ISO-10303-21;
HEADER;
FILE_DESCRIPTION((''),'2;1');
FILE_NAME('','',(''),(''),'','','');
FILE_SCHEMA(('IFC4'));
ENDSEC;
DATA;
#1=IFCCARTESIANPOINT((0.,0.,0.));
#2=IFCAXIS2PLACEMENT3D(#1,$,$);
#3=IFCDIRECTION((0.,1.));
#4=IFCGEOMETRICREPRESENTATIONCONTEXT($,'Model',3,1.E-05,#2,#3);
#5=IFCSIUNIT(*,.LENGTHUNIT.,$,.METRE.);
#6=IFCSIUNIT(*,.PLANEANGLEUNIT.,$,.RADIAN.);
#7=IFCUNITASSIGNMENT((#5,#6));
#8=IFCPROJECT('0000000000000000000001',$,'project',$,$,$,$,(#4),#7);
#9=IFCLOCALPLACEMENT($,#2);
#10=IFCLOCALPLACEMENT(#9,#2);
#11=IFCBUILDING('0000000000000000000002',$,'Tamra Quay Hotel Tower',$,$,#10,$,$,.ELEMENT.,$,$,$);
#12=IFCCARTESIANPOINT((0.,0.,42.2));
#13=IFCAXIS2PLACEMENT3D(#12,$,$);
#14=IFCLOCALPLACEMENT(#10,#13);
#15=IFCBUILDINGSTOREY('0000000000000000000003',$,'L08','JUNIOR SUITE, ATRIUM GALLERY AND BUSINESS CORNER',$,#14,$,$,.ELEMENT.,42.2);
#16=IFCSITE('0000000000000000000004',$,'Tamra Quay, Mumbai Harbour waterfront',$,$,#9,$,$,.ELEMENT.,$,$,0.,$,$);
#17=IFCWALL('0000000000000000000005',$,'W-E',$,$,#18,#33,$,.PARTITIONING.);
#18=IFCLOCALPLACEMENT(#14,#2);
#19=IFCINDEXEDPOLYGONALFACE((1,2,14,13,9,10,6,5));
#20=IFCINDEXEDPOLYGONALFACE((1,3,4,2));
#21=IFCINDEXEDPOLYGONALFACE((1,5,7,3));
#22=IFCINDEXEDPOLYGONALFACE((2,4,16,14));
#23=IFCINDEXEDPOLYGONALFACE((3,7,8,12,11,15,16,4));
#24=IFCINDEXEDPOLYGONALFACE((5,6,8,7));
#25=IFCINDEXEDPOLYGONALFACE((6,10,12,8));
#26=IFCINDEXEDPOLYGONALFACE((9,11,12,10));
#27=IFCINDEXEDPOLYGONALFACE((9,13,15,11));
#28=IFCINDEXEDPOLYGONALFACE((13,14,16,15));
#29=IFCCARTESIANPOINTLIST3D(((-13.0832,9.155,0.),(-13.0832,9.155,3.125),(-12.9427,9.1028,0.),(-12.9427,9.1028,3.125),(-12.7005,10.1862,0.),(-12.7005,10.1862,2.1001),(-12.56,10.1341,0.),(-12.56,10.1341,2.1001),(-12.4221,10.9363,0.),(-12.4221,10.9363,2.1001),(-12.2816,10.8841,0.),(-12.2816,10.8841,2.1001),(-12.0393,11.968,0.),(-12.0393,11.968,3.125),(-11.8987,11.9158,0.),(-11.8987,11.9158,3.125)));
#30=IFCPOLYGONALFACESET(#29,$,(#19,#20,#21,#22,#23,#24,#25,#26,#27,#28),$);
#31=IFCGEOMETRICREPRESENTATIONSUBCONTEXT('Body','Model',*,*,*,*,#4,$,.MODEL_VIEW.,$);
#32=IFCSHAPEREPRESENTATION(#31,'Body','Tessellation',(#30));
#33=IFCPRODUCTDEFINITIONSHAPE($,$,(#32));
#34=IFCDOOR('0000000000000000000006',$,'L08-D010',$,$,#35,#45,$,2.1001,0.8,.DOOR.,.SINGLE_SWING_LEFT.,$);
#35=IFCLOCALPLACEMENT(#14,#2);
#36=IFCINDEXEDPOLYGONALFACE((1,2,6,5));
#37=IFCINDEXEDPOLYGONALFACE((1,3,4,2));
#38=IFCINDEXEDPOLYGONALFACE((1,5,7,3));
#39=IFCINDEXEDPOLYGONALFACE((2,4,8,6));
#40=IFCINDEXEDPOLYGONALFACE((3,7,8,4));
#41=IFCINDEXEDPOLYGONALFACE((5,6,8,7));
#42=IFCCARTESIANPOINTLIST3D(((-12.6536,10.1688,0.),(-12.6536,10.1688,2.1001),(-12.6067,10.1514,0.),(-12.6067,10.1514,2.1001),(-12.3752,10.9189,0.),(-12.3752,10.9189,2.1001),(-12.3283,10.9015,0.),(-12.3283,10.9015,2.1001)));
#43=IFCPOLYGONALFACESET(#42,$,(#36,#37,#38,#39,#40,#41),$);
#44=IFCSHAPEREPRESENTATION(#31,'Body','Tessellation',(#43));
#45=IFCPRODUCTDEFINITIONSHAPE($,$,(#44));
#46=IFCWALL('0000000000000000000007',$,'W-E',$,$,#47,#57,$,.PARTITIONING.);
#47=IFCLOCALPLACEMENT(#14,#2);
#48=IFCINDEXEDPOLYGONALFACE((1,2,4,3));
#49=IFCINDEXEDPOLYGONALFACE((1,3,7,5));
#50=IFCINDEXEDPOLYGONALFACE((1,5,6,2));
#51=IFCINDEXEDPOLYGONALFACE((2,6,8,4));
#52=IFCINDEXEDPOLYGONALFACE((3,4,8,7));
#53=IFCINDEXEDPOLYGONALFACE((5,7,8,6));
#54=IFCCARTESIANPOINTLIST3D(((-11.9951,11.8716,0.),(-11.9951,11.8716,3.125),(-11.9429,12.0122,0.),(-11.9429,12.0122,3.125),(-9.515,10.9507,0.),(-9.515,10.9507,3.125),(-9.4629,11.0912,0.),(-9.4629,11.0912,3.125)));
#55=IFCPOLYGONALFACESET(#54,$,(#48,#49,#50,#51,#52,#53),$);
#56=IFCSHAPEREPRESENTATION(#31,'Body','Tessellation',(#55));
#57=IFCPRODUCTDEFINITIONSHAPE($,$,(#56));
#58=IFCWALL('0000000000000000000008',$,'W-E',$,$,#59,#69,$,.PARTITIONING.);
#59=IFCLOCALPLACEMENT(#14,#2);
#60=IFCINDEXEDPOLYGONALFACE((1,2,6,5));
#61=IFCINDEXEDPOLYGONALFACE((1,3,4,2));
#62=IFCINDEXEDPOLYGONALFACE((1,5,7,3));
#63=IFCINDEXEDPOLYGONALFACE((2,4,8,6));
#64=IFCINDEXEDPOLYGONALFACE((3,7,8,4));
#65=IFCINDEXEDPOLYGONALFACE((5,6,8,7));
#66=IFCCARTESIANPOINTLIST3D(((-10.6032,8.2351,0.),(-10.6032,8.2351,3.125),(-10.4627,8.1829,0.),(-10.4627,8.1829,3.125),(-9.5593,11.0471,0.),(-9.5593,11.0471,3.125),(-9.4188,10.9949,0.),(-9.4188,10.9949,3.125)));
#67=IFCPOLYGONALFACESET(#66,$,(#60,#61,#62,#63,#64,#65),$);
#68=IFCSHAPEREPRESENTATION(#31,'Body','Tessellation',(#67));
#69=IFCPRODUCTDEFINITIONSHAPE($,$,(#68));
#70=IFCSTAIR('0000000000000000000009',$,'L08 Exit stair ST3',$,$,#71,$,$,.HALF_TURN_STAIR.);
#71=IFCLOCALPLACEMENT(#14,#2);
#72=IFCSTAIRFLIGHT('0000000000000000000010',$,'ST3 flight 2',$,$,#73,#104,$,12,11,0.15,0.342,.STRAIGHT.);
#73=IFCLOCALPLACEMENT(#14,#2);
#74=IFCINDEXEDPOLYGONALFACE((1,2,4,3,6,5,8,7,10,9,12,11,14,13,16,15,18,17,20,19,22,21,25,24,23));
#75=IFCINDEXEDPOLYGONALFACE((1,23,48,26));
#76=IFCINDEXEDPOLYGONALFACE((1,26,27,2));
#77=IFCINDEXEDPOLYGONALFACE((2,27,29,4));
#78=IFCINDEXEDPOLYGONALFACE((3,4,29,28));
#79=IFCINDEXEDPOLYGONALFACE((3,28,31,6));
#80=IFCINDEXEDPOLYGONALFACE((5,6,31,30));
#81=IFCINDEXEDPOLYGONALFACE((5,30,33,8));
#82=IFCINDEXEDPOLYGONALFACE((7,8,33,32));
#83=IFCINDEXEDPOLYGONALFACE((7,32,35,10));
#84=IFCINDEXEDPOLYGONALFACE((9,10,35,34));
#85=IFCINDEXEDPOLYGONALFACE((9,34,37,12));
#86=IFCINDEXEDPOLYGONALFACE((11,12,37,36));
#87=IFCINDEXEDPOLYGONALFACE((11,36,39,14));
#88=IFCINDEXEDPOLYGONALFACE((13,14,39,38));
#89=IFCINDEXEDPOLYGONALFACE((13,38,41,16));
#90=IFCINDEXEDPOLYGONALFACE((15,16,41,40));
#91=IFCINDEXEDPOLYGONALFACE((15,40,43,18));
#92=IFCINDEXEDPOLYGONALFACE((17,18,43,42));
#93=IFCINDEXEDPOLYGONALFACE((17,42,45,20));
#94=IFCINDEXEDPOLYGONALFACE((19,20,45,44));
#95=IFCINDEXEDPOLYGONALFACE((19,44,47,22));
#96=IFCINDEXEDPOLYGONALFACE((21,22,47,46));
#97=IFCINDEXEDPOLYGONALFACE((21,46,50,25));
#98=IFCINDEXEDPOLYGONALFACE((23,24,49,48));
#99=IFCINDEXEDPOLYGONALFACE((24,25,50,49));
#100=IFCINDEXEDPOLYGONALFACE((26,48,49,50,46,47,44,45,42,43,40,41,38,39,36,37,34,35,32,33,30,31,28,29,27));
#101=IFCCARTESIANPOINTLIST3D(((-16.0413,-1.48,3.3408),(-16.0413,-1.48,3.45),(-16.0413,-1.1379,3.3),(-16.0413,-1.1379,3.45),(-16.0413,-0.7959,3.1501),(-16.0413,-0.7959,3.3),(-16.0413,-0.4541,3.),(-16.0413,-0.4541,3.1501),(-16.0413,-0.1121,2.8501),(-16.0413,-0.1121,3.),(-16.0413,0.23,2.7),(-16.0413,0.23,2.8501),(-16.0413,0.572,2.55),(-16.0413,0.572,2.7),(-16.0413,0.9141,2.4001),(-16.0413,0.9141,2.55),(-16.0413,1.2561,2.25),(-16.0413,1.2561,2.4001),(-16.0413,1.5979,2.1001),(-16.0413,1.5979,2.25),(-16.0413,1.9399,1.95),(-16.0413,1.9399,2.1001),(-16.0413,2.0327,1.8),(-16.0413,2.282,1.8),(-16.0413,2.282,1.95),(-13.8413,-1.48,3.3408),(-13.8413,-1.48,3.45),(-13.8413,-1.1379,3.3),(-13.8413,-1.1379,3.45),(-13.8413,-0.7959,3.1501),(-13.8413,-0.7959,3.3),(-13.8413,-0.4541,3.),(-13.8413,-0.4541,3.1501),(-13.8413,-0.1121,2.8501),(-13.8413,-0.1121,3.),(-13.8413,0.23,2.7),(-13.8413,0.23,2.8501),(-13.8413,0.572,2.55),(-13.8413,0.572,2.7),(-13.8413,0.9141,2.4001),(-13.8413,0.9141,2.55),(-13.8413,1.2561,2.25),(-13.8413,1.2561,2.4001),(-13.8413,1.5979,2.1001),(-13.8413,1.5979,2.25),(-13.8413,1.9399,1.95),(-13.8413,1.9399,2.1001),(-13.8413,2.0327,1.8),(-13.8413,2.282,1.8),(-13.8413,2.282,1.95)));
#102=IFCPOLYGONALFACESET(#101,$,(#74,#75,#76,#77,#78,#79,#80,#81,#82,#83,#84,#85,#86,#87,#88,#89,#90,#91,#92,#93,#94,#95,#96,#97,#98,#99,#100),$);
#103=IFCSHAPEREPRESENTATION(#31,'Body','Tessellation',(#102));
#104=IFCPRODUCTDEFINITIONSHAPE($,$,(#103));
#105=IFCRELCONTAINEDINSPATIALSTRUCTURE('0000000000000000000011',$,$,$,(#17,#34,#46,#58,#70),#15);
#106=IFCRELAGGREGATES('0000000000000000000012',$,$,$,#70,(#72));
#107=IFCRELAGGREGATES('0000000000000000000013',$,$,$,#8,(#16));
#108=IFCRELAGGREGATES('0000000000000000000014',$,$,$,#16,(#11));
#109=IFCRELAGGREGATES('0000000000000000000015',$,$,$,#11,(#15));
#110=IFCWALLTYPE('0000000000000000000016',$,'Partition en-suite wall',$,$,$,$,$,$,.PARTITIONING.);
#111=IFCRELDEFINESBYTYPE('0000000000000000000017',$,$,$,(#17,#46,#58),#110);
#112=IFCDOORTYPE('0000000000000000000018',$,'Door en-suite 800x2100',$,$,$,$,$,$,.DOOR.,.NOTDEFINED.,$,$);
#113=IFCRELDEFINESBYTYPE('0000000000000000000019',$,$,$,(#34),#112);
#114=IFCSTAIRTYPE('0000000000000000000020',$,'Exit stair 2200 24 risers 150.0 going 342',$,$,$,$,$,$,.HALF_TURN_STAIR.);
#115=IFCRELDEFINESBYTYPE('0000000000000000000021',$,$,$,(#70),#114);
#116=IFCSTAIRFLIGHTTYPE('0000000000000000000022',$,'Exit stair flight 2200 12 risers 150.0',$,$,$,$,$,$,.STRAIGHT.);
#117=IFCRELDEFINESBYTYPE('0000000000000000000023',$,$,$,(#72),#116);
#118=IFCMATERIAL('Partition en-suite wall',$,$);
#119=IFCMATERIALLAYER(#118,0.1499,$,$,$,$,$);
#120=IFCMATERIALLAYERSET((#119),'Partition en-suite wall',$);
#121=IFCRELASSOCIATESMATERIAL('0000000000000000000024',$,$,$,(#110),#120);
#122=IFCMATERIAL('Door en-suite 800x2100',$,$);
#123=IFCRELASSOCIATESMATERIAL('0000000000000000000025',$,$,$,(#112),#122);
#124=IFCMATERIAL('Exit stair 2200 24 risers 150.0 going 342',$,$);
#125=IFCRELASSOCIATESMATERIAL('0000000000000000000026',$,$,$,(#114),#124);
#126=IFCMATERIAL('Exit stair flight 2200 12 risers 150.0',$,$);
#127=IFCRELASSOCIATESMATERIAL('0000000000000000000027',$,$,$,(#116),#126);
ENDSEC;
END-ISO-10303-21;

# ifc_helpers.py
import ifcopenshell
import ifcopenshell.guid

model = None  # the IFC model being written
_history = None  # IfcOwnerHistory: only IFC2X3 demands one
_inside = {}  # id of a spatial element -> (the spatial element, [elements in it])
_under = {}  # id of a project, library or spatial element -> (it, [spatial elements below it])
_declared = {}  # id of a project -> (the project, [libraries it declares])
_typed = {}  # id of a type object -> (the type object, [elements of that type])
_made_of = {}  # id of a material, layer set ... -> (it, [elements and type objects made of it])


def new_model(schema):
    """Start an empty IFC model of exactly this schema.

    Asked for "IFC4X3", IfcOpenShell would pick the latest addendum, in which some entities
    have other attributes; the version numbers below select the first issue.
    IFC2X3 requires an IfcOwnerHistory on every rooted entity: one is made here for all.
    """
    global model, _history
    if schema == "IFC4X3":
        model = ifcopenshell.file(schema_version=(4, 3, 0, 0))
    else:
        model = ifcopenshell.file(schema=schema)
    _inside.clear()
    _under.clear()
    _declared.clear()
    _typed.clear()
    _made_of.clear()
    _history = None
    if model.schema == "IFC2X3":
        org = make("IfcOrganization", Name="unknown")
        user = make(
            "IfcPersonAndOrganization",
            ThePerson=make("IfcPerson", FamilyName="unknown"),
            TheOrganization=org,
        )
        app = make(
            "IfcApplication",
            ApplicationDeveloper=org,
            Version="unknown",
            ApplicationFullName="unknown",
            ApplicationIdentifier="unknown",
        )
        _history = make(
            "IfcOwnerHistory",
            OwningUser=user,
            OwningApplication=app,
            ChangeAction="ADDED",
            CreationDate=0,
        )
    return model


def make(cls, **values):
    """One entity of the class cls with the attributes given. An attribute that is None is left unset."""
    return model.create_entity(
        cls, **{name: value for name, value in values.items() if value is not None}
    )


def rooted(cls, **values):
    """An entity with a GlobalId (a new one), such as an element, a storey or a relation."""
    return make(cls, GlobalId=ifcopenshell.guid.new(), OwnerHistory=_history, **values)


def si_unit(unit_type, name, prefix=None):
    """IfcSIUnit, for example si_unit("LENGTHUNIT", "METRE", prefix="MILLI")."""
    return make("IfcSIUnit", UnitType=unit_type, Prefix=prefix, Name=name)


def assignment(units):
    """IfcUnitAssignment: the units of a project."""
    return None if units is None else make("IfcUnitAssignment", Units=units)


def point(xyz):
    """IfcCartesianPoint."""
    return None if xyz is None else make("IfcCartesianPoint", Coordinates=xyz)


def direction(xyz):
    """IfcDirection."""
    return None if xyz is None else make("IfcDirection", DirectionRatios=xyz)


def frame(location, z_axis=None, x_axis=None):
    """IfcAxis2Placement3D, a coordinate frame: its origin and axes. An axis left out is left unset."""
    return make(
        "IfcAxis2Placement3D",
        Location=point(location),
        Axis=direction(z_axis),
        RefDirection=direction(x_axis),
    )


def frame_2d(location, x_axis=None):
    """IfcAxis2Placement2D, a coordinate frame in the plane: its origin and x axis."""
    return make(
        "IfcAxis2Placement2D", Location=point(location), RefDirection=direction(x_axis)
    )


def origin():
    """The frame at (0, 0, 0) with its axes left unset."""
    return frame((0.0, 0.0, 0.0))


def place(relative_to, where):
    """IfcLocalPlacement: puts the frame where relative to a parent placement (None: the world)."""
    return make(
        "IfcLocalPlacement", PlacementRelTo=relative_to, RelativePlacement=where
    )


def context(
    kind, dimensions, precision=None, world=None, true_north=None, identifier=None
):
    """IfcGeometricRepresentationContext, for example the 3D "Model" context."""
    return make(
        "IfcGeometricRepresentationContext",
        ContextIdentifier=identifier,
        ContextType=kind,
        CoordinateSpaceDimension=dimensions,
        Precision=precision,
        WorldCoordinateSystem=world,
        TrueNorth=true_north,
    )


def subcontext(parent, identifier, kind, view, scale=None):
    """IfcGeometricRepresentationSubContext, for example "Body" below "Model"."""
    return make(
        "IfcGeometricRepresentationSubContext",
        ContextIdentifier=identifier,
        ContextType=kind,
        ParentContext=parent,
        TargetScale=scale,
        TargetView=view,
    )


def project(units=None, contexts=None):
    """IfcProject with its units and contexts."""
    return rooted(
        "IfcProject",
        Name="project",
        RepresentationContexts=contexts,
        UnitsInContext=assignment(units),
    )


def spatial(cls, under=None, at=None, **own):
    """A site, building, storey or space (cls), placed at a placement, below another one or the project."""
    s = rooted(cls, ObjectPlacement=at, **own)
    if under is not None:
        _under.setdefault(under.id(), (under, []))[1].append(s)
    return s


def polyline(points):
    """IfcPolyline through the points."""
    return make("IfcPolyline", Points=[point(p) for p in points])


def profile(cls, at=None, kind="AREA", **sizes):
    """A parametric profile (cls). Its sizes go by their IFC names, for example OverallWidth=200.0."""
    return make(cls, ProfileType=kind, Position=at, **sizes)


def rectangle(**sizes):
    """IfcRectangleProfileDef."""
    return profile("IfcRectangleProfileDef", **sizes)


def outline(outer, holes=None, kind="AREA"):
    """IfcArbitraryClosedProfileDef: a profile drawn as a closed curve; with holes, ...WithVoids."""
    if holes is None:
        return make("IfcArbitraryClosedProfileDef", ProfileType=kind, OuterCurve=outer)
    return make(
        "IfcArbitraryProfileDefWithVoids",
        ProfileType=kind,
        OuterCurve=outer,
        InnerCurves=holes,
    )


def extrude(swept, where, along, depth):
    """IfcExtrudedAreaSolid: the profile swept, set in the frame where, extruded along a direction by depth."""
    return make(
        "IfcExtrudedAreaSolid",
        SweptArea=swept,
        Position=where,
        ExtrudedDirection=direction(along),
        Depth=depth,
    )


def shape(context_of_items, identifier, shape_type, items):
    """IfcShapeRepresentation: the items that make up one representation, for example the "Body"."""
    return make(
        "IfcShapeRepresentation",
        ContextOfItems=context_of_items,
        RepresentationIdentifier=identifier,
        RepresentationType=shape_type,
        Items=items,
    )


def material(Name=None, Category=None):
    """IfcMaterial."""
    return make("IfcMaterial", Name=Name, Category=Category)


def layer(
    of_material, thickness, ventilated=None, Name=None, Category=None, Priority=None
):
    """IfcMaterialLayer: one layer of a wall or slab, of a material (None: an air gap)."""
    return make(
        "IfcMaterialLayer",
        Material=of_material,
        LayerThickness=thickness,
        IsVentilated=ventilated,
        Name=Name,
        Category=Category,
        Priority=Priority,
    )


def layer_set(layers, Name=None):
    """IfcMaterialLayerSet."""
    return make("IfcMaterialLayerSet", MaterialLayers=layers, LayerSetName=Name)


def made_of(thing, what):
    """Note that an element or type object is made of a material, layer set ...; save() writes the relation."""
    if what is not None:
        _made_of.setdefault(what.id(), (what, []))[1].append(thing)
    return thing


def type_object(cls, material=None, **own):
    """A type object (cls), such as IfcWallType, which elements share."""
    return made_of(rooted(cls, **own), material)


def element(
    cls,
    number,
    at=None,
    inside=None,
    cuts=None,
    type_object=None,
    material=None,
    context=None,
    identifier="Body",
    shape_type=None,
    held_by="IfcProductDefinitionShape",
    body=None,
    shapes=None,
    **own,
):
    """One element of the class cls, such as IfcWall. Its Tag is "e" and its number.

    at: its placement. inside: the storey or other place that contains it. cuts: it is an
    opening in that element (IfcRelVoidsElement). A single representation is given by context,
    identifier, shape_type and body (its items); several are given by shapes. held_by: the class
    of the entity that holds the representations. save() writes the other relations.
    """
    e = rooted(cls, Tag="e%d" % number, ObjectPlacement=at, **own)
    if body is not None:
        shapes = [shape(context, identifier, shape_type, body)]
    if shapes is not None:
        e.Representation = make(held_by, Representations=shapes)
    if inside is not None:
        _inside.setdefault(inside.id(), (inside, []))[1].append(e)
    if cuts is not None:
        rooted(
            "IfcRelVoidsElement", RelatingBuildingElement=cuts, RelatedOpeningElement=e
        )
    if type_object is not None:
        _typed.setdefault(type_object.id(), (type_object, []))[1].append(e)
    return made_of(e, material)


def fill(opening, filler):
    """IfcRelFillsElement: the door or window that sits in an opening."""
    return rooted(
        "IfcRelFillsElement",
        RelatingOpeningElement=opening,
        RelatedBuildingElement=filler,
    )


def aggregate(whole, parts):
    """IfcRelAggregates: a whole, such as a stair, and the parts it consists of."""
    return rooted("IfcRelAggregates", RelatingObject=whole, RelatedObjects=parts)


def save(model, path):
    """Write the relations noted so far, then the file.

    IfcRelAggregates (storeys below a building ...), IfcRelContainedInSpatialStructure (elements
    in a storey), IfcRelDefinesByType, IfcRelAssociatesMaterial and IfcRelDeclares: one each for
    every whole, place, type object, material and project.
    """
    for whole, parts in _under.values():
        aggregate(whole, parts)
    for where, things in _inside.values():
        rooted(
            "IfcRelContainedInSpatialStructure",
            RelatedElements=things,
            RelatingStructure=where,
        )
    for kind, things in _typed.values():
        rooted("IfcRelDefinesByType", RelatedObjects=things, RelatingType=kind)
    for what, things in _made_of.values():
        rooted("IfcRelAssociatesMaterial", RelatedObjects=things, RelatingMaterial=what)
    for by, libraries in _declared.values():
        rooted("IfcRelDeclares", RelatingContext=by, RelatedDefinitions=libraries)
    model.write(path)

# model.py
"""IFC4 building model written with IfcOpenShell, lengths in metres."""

from ifc_helpers import new_model, si_unit, direction, frame, frame_2d, origin, place, context, subcontext, project, spatial, polyline, rectangle, outline, extrude, material, layer, layer_set, type_object, element, fill, aggregate, save


model = new_model("IFC4")

# Units and contexts
model_context = context("Model", 3, precision=1e-05, world=origin(), true_north=direction((0.0, 1.0)))
body_context = subcontext(model_context, "Body", "Model", "MODEL_VIEW")
ifc_project = project(units=[si_unit("LENGTHUNIT", "METRE"), si_unit("PLANEANGLEUNIT", "RADIAN")], contexts=[model_context])

# Site, building, storey
site_placement = place(None, origin())
site = spatial("IfcSite", under=ifc_project, at=site_placement, Name="Tamra Quay, Mumbai Harbour waterfront", CompositionType="ELEMENT", RefElevation=0.0)
building_placement = place(site_placement, origin())
building = spatial("IfcBuilding", under=site, at=building_placement, Name="Tamra Quay Hotel Tower", CompositionType="ELEMENT")
storey_placement = place(building_placement, frame((0.0, 0.0, 42.2)))
storey = spatial("IfcBuildingStorey", under=building, at=storey_placement, Name="L08", Description="JUNIOR SUITE, ATRIUM GALLERY AND BUSINESS CORNER", CompositionType="ELEMENT", Elevation=42.2)

# Wall, opening, door
ifc_material_1 = material(Name="Partition en-suite wall")
ifc_layer_1 = layer(ifc_material_1, 0.1499)
ifc_layer_set_1 = layer_set([ifc_layer_1], Name="Partition en-suite wall")
wall_type_1 = type_object("IfcWallType", Name="Partition en-suite wall", PredefinedType="PARTITIONING", material=ifc_layer_set_1)
wall_1_placement = place(storey_placement, frame((-13.0129, 9.1289, 0.0), z_axis=(0.0, 0.0, 1.0), x_axis=(0.347929, 0.937521, 0.0)))
wall_1 = element("IfcWall", 1, at=wall_1_placement, inside=storey, type_object=wall_type_1, Name="W-E", PredefinedType="PARTITIONING", context=body_context, shape_type="SweptSolid", body=[
    extrude(rectangle(XDim=3.0005, YDim=0.1499, at=frame_2d((1.5002, 0.0))), origin(), (0.0, 0.0, 1.0), 3.125),
])
opening_1_placement = place(wall_1_placement, frame((1.1001, 0.0, 0.0)))
opening_1 = element("IfcOpeningElement", 2, at=opening_1_placement, cuts=wall_1, PredefinedType="OPENING", context=body_context, shape_type="SweptSolid", body=[
    extrude(rectangle(XDim=0.8, YDim=2.1001, at=frame_2d((0.3999, 1.05))), frame((0.0, 0.085, 0.0), z_axis=(0.0, -1.0, 0.0), x_axis=(1.0, 0.0, 0.0)), (0.0, 0.0, 1.0), 0.1699),
])
ifc_material_2 = material(Name="Door en-suite 800x2100")
door_type_1 = type_object("IfcDoorType", Name="Door en-suite 800x2100", OperationType="NOTDEFINED", PredefinedType="DOOR", material=ifc_material_2)
door_1_placement = place(opening_1_placement, origin())
door_1 = element("IfcDoor", 3, at=door_1_placement, inside=storey, type_object=door_type_1, Name="L08-D010", OperationType="SINGLE_SWING_LEFT", OverallHeight=2.1001, OverallWidth=0.8, PredefinedType="DOOR", context=body_context, shape_type="SweptSolid", body=[
    extrude(rectangle(XDim=0.8, YDim=2.1001, at=frame_2d((0.3999, 1.05))), frame((0.0, 0.0249, 0.0), z_axis=(0.0, -1.0, 0.0), x_axis=(1.0, 0.0, 0.0)), (0.0, 0.0, 1.0), 0.05),
])
fill(opening_1, door_1)

# Walls
wall_2_placement = place(storey_placement, frame((-11.969, 11.9419, 0.0), z_axis=(0.0, 0.0, 1.0), x_axis=(0.937455, -0.348108, 0.0)))
element("IfcWall", 4, at=wall_2_placement, inside=storey, type_object=wall_type_1, Name="W-E", PredefinedType="PARTITIONING", context=body_context, shape_type="SweptSolid", body=[
    extrude(rectangle(XDim=2.6455, YDim=0.1499, at=frame_2d((1.3228, 0.0))), origin(), (0.0, 0.0, 1.0), 3.125),
])
wall_3_placement = place(storey_placement, frame((-10.533, 8.209, 0.0), z_axis=(0.0, 0.0, 1.0), x_axis=(0.348035, 0.937481, 0.0)))
element("IfcWall", 5, at=wall_3_placement, inside=storey, type_object=wall_type_1, Name="W-E", PredefinedType="PARTITIONING", context=body_context, shape_type="SweptSolid", body=[
    extrude(rectangle(XDim=2.9995, YDim=0.1499, at=frame_2d((1.4998, 0.0))), origin(), (0.0, 0.0, 1.0), 3.125),
])

# Stair, stair flight
ifc_material_3 = material(Name="Exit stair 2200 24 risers 150.0 going 342")
stair_type = type_object("IfcStairType", Name="Exit stair 2200 24 risers 150.0 going 342", PredefinedType="HALF_TURN_STAIR", material=ifc_material_3)
stair_placement = place(storey_placement, origin())
stair = element("IfcStair", 6, at=stair_placement, inside=storey, type_object=stair_type, Name="L08 Exit stair ST3", PredefinedType="HALF_TURN_STAIR")
ifc_material_4 = material(Name="Exit stair flight 2200 12 risers 150.0")
stair_flight_type = type_object("IfcStairFlightType", Name="Exit stair flight 2200 12 risers 150.0", PredefinedType="STRAIGHT", material=ifc_material_4)
stair_flight_placement = place(storey_placement, frame((-14.9414, 2.282, 1.8), z_axis=(0.0, 0.0, 1.0), x_axis=(0.0, -1.0, 0.0)))
stair_flight = element("IfcStairFlight", 7, at=stair_flight_placement, type_object=stair_flight_type, Name="ST3 flight 2", NumberOfRisers=12, NumberOfTreads=11, PredefinedType="STRAIGHT", RiserHeight=0.15, TreadLength=0.342, context=body_context, shape_type="SweptSolid", body=[
    extrude(outline(polyline([(0.0, 0.0), (0.0, 0.1499), (0.342, 0.1499), (0.342, 0.3), (0.6841, 0.3), (0.6841, 0.45), (1.0259, 0.45), (1.0259, 0.6001), (1.3679, 0.6001), (1.3679, 0.75), (1.71, 0.75), (1.71, 0.8999), (2.052, 0.8999), (2.052, 1.05), (2.394, 1.05), (2.394, 1.2), (2.7361, 1.2), (2.7361, 1.3501), (3.0779, 1.3501), (3.0779, 1.5), (3.4199, 1.5), (3.4199, 1.6499), (3.762, 1.6499), (3.762, 1.8), (3.762, 1.5408), (0.2493, 0.0), (0.0, 0.0)])), frame((0.0, 1.1001, 0.0), z_axis=(0.0, -1.0, 0.0), x_axis=(1.0, 0.0, 0.0)), (0.0, 0.0, 1.0), 2.2),
])
aggregate(stair, [stair_flight])

save(model, "model.ifc")
